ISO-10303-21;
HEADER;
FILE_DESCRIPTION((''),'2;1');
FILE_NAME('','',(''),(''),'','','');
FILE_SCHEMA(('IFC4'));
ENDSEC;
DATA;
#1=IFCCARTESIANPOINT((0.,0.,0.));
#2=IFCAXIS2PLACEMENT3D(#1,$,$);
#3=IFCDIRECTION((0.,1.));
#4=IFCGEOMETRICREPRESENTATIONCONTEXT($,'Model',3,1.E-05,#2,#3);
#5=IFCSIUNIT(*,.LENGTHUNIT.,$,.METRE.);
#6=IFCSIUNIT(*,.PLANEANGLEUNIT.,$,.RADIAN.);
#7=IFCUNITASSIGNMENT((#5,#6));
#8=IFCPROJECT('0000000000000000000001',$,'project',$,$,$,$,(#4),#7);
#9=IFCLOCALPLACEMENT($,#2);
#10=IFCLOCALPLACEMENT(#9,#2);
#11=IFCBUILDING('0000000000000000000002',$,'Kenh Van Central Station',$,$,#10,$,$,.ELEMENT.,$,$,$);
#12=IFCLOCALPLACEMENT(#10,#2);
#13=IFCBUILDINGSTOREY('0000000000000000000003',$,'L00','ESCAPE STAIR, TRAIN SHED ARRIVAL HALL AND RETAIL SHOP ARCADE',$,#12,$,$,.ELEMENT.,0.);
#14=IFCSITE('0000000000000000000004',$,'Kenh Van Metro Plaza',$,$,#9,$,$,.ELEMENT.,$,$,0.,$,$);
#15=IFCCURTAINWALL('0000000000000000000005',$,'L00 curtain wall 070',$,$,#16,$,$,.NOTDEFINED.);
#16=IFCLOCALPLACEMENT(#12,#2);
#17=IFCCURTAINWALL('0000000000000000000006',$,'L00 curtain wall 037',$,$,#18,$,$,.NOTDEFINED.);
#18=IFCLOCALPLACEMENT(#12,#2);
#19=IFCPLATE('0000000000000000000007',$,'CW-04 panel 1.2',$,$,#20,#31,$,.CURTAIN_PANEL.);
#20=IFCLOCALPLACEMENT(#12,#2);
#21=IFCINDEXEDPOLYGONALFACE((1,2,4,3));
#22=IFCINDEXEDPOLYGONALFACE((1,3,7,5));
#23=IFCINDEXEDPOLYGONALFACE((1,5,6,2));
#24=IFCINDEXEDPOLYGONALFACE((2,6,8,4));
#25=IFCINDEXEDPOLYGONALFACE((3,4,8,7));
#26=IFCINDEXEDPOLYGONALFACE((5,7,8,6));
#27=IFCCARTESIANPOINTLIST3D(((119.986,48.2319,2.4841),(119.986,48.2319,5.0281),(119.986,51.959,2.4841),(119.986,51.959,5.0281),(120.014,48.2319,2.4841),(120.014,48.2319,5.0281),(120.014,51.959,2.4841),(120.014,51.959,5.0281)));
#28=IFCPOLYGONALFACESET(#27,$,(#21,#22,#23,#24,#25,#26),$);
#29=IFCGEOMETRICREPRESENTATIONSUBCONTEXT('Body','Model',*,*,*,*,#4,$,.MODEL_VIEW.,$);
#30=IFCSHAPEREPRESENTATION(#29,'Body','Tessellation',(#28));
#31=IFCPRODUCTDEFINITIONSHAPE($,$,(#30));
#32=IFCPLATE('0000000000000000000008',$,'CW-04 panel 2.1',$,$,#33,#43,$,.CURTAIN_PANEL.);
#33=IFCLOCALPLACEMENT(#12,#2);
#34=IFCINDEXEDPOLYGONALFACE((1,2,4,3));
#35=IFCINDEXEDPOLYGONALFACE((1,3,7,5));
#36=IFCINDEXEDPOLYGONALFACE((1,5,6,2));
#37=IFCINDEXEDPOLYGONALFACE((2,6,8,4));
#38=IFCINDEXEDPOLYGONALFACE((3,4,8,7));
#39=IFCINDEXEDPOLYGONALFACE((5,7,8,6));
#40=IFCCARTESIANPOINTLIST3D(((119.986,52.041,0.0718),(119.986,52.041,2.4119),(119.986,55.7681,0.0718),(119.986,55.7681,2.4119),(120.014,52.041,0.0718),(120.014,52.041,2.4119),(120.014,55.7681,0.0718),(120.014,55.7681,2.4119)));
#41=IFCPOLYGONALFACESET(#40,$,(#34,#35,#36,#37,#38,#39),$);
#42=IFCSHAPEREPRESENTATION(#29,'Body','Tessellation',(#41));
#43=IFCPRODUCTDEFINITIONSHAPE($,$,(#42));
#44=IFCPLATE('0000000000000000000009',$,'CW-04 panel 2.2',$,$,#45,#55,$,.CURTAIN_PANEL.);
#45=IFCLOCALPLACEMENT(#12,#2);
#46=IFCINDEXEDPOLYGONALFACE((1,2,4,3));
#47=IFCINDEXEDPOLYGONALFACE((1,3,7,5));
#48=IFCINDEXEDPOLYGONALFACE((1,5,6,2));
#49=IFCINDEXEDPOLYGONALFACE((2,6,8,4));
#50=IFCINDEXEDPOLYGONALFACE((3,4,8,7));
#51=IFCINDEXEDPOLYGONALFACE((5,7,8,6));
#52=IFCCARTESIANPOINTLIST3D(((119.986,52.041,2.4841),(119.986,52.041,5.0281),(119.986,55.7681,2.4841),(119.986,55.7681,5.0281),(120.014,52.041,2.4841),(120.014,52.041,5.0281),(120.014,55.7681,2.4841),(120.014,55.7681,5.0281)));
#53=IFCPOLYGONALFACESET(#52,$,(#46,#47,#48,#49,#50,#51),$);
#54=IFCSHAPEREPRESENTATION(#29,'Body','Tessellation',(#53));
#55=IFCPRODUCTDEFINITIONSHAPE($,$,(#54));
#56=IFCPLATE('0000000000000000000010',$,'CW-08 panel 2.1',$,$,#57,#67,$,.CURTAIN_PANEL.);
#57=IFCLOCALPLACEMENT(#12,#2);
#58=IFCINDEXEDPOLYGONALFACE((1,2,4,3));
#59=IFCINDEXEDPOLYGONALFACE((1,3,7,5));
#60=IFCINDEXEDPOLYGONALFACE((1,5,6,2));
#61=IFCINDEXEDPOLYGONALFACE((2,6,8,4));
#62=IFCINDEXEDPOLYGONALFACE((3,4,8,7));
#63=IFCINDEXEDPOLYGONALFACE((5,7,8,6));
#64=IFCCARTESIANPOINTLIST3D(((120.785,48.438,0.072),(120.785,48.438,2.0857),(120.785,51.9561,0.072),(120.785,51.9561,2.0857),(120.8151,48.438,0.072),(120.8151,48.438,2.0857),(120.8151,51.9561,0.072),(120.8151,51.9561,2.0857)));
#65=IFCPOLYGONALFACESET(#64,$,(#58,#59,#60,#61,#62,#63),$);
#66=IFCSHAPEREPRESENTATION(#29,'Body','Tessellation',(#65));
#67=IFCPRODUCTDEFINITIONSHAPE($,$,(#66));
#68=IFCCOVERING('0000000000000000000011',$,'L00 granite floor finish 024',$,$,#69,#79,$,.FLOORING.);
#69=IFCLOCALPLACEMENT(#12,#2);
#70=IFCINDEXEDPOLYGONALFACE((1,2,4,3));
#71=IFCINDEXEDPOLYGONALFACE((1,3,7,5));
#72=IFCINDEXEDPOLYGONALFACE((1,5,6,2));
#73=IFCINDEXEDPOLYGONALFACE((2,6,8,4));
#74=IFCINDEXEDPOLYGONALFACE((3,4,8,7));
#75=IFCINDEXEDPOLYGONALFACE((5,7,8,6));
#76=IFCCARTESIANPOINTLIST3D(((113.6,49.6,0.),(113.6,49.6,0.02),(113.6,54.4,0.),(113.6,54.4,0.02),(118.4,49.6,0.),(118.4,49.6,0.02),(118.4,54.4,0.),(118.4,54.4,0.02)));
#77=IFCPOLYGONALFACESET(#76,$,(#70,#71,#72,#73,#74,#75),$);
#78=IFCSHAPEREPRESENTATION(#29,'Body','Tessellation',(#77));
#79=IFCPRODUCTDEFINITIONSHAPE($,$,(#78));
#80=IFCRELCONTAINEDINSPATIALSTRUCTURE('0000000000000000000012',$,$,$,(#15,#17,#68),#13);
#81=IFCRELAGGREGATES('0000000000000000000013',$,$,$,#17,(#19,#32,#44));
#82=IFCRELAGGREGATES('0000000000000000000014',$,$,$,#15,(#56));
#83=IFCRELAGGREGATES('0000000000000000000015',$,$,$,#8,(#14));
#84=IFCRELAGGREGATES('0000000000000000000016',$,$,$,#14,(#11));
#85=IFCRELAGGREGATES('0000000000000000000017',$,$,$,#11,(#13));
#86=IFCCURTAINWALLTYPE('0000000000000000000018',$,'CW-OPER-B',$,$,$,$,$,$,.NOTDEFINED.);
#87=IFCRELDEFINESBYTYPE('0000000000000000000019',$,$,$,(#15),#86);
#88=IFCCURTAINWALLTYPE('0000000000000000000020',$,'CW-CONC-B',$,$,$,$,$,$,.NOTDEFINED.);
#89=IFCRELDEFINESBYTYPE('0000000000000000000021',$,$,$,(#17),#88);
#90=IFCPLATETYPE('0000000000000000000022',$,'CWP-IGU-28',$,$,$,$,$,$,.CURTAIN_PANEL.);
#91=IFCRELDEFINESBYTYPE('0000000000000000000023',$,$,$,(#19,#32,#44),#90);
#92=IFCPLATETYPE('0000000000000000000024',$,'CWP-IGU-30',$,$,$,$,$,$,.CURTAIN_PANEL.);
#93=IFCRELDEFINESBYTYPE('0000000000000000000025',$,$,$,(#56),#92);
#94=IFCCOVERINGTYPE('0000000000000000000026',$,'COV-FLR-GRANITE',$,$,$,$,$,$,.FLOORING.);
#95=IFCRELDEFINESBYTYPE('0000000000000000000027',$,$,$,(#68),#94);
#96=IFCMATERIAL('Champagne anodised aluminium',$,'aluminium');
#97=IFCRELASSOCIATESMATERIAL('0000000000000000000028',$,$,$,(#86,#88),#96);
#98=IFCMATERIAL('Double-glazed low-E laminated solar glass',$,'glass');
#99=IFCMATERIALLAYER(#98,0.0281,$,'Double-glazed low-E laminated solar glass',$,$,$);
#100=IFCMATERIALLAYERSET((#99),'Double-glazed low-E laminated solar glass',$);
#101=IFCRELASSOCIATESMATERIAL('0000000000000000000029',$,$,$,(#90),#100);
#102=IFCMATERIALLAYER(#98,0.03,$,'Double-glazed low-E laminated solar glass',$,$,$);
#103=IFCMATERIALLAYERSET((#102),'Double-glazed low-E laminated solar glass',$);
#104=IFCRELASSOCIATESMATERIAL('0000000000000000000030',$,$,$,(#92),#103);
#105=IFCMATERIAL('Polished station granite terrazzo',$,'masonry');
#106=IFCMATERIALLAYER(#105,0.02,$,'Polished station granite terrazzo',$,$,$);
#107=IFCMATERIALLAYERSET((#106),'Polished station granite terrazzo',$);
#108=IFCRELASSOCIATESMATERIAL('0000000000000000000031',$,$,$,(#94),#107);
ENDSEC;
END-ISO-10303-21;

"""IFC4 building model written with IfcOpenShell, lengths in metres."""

from ifc_helpers import new_model, si_unit, direction, frame, origin, origin_2d, place, context, subcontext, project, spatial, rectangle, extrude, material, layer, layer_set, type_object, element, aggregate, save


model = new_model("IFC4")

# Units and contexts
model_context = context("Model", 3, precision=1e-05, world=origin(), true_north=direction((0.0, 1.0)))
body_context = subcontext(model_context, "Body", "Model", "MODEL_VIEW")
ifc_project = project(units=[si_unit("LENGTHUNIT", "METRE"), si_unit("PLANEANGLEUNIT", "RADIAN")], contexts=[model_context])

# Site, building, storey
site_placement = place(None, origin())
site = spatial("IfcSite", under=ifc_project, at=site_placement, Name="Kenh Van Metro Plaza", CompositionType="ELEMENT", RefElevation=0.0)
building_placement = place(site_placement, origin())
building = spatial("IfcBuilding", under=site, at=building_placement, Name="Kenh Van Central Station", CompositionType="ELEMENT")
storey_placement = place(building_placement, origin())
storey = spatial("IfcBuildingStorey", under=building, at=storey_placement, Name="L00", Description="ESCAPE STAIR, TRAIN SHED ARRIVAL HALL AND RETAIL SHOP ARCADE", CompositionType="ELEMENT", Elevation=0.0)

# Curtain wall
ifc_material_1 = material(Name="Champagne anodised aluminium", Category="aluminium")
curtain_wall_type_1 = type_object("IfcCurtainWallType", Name="CW-OPER-B", PredefinedType="NOTDEFINED", material=ifc_material_1)
curtain_wall_1_placement = place(storey_placement, origin())
curtain_wall_1 = element("IfcCurtainWall", 1, at=curtain_wall_1_placement, inside=storey, type_object=curtain_wall_type_1, Name="L00 curtain wall 070", PredefinedType="NOTDEFINED")

# Curtain wall
curtain_wall_type_2 = type_object("IfcCurtainWallType", Name="CW-CONC-B", PredefinedType="NOTDEFINED", material=ifc_material_1)
curtain_wall_2_placement = place(storey_placement, origin())
curtain_wall_2 = element("IfcCurtainWall", 2, at=curtain_wall_2_placement, inside=storey, type_object=curtain_wall_type_2, Name="L00 curtain wall 037", PredefinedType="NOTDEFINED")

# Plates
ifc_material_2 = material(Name="Double-glazed low-E laminated solar glass", Category="glass")
ifc_layer_1 = layer(ifc_material_2, 0.0281, Name="Double-glazed low-E laminated solar glass")
ifc_layer_set_1 = layer_set([ifc_layer_1], Name="Double-glazed low-E laminated solar glass")
plate_type_1 = type_object("IfcPlateType", Name="CWP-IGU-28", PredefinedType="CURTAIN_PANEL", material=ifc_layer_set_1)
plate_1_placement = place(storey_placement, frame((120.0, 50.0955, 2.4841), z_axis=(0.0, 0.0, 1.0), x_axis=(0.0, 1.0, 0.0)))
plate_1 = element("IfcPlate", 3, at=plate_1_placement, type_object=plate_type_1, Name="CW-04 panel 1.2", PredefinedType="CURTAIN_PANEL", context=body_context, shape_type="SweptSolid", body=[
    extrude(rectangle(XDim=3.7271, YDim=0.0281, at=origin_2d()), origin(), (0.0, 0.0, 1.0), 2.5439),
])
plate_2_placement = place(storey_placement, frame((120.0, 53.9045, 0.0718), z_axis=(0.0, 0.0, 1.0), x_axis=(0.0, 1.0, 0.0)))
plate_2 = element("IfcPlate", 4, at=plate_2_placement, type_object=plate_type_1, Name="CW-04 panel 2.1", PredefinedType="CURTAIN_PANEL", context=body_context, shape_type="SweptSolid", body=[
    extrude(rectangle(XDim=3.7271, YDim=0.0281, at=origin_2d()), origin(), (0.0, 0.0, 1.0), 2.3401),
])
plate_3_placement = place(storey_placement, frame((120.0, 53.9045, 2.4841), z_axis=(0.0, 0.0, 1.0), x_axis=(0.0, 1.0, 0.0)))
plate_3 = element("IfcPlate", 5, at=plate_3_placement, type_object=plate_type_1, Name="CW-04 panel 2.2", PredefinedType="CURTAIN_PANEL", context=body_context, shape_type="SweptSolid", body=[
    extrude(rectangle(XDim=3.7271, YDim=0.0281, at=origin_2d()), origin(), (0.0, 0.0, 1.0), 2.5439),
])
aggregate(curtain_wall_2, [plate_1, plate_2, plate_3])
ifc_layer_2 = layer(ifc_material_2, 0.03, Name="Double-glazed low-E laminated solar glass")
ifc_layer_set_2 = layer_set([ifc_layer_2], Name="Double-glazed low-E laminated solar glass")
plate_type_2 = type_object("IfcPlateType", Name="CWP-IGU-30", PredefinedType="CURTAIN_PANEL", material=ifc_layer_set_2)
plate_4_placement = place(storey_placement, frame((120.8, 50.197, 0.072), z_axis=(0.0, 0.0, 1.0), x_axis=(0.0, -1.0, 0.0)))
plate_4 = element("IfcPlate", 6, at=plate_4_placement, type_object=plate_type_2, Name="CW-08 panel 2.1", PredefinedType="CURTAIN_PANEL", context=body_context, shape_type="SweptSolid", body=[
    extrude(rectangle(XDim=3.5181, YDim=0.03, at=origin_2d()), origin(), (0.0, 0.0, 1.0), 2.0137),
])
aggregate(curtain_wall_1, [plate_4])

# Covering
ifc_material_3 = material(Name="Polished station granite terrazzo", Category="masonry")
ifc_layer_3 = layer(ifc_material_3, 0.02, Name="Polished station granite terrazzo")
ifc_layer_set_3 = layer_set([ifc_layer_3], Name="Polished station granite terrazzo")
covering_type = type_object("IfcCoveringType", Name="COV-FLR-GRANITE", PredefinedType="FLOORING", material=ifc_layer_set_3)
covering_placement = place(storey_placement, frame((116.0, 52.0, 0.0), z_axis=(0.0, 0.0, 1.0), x_axis=(1.0, 0.0, 0.0)))
element("IfcCovering", 7, at=covering_placement, inside=storey, type_object=covering_type, Name="L00 granite floor finish 024", PredefinedType="FLOORING", context=body_context, shape_type="SweptSolid", body=[
    extrude(rectangle(XDim=4.8, YDim=4.8, at=origin_2d()), origin(), (0.0, 0.0, 1.0), 0.02),
])

save(model, "model.ifc")
